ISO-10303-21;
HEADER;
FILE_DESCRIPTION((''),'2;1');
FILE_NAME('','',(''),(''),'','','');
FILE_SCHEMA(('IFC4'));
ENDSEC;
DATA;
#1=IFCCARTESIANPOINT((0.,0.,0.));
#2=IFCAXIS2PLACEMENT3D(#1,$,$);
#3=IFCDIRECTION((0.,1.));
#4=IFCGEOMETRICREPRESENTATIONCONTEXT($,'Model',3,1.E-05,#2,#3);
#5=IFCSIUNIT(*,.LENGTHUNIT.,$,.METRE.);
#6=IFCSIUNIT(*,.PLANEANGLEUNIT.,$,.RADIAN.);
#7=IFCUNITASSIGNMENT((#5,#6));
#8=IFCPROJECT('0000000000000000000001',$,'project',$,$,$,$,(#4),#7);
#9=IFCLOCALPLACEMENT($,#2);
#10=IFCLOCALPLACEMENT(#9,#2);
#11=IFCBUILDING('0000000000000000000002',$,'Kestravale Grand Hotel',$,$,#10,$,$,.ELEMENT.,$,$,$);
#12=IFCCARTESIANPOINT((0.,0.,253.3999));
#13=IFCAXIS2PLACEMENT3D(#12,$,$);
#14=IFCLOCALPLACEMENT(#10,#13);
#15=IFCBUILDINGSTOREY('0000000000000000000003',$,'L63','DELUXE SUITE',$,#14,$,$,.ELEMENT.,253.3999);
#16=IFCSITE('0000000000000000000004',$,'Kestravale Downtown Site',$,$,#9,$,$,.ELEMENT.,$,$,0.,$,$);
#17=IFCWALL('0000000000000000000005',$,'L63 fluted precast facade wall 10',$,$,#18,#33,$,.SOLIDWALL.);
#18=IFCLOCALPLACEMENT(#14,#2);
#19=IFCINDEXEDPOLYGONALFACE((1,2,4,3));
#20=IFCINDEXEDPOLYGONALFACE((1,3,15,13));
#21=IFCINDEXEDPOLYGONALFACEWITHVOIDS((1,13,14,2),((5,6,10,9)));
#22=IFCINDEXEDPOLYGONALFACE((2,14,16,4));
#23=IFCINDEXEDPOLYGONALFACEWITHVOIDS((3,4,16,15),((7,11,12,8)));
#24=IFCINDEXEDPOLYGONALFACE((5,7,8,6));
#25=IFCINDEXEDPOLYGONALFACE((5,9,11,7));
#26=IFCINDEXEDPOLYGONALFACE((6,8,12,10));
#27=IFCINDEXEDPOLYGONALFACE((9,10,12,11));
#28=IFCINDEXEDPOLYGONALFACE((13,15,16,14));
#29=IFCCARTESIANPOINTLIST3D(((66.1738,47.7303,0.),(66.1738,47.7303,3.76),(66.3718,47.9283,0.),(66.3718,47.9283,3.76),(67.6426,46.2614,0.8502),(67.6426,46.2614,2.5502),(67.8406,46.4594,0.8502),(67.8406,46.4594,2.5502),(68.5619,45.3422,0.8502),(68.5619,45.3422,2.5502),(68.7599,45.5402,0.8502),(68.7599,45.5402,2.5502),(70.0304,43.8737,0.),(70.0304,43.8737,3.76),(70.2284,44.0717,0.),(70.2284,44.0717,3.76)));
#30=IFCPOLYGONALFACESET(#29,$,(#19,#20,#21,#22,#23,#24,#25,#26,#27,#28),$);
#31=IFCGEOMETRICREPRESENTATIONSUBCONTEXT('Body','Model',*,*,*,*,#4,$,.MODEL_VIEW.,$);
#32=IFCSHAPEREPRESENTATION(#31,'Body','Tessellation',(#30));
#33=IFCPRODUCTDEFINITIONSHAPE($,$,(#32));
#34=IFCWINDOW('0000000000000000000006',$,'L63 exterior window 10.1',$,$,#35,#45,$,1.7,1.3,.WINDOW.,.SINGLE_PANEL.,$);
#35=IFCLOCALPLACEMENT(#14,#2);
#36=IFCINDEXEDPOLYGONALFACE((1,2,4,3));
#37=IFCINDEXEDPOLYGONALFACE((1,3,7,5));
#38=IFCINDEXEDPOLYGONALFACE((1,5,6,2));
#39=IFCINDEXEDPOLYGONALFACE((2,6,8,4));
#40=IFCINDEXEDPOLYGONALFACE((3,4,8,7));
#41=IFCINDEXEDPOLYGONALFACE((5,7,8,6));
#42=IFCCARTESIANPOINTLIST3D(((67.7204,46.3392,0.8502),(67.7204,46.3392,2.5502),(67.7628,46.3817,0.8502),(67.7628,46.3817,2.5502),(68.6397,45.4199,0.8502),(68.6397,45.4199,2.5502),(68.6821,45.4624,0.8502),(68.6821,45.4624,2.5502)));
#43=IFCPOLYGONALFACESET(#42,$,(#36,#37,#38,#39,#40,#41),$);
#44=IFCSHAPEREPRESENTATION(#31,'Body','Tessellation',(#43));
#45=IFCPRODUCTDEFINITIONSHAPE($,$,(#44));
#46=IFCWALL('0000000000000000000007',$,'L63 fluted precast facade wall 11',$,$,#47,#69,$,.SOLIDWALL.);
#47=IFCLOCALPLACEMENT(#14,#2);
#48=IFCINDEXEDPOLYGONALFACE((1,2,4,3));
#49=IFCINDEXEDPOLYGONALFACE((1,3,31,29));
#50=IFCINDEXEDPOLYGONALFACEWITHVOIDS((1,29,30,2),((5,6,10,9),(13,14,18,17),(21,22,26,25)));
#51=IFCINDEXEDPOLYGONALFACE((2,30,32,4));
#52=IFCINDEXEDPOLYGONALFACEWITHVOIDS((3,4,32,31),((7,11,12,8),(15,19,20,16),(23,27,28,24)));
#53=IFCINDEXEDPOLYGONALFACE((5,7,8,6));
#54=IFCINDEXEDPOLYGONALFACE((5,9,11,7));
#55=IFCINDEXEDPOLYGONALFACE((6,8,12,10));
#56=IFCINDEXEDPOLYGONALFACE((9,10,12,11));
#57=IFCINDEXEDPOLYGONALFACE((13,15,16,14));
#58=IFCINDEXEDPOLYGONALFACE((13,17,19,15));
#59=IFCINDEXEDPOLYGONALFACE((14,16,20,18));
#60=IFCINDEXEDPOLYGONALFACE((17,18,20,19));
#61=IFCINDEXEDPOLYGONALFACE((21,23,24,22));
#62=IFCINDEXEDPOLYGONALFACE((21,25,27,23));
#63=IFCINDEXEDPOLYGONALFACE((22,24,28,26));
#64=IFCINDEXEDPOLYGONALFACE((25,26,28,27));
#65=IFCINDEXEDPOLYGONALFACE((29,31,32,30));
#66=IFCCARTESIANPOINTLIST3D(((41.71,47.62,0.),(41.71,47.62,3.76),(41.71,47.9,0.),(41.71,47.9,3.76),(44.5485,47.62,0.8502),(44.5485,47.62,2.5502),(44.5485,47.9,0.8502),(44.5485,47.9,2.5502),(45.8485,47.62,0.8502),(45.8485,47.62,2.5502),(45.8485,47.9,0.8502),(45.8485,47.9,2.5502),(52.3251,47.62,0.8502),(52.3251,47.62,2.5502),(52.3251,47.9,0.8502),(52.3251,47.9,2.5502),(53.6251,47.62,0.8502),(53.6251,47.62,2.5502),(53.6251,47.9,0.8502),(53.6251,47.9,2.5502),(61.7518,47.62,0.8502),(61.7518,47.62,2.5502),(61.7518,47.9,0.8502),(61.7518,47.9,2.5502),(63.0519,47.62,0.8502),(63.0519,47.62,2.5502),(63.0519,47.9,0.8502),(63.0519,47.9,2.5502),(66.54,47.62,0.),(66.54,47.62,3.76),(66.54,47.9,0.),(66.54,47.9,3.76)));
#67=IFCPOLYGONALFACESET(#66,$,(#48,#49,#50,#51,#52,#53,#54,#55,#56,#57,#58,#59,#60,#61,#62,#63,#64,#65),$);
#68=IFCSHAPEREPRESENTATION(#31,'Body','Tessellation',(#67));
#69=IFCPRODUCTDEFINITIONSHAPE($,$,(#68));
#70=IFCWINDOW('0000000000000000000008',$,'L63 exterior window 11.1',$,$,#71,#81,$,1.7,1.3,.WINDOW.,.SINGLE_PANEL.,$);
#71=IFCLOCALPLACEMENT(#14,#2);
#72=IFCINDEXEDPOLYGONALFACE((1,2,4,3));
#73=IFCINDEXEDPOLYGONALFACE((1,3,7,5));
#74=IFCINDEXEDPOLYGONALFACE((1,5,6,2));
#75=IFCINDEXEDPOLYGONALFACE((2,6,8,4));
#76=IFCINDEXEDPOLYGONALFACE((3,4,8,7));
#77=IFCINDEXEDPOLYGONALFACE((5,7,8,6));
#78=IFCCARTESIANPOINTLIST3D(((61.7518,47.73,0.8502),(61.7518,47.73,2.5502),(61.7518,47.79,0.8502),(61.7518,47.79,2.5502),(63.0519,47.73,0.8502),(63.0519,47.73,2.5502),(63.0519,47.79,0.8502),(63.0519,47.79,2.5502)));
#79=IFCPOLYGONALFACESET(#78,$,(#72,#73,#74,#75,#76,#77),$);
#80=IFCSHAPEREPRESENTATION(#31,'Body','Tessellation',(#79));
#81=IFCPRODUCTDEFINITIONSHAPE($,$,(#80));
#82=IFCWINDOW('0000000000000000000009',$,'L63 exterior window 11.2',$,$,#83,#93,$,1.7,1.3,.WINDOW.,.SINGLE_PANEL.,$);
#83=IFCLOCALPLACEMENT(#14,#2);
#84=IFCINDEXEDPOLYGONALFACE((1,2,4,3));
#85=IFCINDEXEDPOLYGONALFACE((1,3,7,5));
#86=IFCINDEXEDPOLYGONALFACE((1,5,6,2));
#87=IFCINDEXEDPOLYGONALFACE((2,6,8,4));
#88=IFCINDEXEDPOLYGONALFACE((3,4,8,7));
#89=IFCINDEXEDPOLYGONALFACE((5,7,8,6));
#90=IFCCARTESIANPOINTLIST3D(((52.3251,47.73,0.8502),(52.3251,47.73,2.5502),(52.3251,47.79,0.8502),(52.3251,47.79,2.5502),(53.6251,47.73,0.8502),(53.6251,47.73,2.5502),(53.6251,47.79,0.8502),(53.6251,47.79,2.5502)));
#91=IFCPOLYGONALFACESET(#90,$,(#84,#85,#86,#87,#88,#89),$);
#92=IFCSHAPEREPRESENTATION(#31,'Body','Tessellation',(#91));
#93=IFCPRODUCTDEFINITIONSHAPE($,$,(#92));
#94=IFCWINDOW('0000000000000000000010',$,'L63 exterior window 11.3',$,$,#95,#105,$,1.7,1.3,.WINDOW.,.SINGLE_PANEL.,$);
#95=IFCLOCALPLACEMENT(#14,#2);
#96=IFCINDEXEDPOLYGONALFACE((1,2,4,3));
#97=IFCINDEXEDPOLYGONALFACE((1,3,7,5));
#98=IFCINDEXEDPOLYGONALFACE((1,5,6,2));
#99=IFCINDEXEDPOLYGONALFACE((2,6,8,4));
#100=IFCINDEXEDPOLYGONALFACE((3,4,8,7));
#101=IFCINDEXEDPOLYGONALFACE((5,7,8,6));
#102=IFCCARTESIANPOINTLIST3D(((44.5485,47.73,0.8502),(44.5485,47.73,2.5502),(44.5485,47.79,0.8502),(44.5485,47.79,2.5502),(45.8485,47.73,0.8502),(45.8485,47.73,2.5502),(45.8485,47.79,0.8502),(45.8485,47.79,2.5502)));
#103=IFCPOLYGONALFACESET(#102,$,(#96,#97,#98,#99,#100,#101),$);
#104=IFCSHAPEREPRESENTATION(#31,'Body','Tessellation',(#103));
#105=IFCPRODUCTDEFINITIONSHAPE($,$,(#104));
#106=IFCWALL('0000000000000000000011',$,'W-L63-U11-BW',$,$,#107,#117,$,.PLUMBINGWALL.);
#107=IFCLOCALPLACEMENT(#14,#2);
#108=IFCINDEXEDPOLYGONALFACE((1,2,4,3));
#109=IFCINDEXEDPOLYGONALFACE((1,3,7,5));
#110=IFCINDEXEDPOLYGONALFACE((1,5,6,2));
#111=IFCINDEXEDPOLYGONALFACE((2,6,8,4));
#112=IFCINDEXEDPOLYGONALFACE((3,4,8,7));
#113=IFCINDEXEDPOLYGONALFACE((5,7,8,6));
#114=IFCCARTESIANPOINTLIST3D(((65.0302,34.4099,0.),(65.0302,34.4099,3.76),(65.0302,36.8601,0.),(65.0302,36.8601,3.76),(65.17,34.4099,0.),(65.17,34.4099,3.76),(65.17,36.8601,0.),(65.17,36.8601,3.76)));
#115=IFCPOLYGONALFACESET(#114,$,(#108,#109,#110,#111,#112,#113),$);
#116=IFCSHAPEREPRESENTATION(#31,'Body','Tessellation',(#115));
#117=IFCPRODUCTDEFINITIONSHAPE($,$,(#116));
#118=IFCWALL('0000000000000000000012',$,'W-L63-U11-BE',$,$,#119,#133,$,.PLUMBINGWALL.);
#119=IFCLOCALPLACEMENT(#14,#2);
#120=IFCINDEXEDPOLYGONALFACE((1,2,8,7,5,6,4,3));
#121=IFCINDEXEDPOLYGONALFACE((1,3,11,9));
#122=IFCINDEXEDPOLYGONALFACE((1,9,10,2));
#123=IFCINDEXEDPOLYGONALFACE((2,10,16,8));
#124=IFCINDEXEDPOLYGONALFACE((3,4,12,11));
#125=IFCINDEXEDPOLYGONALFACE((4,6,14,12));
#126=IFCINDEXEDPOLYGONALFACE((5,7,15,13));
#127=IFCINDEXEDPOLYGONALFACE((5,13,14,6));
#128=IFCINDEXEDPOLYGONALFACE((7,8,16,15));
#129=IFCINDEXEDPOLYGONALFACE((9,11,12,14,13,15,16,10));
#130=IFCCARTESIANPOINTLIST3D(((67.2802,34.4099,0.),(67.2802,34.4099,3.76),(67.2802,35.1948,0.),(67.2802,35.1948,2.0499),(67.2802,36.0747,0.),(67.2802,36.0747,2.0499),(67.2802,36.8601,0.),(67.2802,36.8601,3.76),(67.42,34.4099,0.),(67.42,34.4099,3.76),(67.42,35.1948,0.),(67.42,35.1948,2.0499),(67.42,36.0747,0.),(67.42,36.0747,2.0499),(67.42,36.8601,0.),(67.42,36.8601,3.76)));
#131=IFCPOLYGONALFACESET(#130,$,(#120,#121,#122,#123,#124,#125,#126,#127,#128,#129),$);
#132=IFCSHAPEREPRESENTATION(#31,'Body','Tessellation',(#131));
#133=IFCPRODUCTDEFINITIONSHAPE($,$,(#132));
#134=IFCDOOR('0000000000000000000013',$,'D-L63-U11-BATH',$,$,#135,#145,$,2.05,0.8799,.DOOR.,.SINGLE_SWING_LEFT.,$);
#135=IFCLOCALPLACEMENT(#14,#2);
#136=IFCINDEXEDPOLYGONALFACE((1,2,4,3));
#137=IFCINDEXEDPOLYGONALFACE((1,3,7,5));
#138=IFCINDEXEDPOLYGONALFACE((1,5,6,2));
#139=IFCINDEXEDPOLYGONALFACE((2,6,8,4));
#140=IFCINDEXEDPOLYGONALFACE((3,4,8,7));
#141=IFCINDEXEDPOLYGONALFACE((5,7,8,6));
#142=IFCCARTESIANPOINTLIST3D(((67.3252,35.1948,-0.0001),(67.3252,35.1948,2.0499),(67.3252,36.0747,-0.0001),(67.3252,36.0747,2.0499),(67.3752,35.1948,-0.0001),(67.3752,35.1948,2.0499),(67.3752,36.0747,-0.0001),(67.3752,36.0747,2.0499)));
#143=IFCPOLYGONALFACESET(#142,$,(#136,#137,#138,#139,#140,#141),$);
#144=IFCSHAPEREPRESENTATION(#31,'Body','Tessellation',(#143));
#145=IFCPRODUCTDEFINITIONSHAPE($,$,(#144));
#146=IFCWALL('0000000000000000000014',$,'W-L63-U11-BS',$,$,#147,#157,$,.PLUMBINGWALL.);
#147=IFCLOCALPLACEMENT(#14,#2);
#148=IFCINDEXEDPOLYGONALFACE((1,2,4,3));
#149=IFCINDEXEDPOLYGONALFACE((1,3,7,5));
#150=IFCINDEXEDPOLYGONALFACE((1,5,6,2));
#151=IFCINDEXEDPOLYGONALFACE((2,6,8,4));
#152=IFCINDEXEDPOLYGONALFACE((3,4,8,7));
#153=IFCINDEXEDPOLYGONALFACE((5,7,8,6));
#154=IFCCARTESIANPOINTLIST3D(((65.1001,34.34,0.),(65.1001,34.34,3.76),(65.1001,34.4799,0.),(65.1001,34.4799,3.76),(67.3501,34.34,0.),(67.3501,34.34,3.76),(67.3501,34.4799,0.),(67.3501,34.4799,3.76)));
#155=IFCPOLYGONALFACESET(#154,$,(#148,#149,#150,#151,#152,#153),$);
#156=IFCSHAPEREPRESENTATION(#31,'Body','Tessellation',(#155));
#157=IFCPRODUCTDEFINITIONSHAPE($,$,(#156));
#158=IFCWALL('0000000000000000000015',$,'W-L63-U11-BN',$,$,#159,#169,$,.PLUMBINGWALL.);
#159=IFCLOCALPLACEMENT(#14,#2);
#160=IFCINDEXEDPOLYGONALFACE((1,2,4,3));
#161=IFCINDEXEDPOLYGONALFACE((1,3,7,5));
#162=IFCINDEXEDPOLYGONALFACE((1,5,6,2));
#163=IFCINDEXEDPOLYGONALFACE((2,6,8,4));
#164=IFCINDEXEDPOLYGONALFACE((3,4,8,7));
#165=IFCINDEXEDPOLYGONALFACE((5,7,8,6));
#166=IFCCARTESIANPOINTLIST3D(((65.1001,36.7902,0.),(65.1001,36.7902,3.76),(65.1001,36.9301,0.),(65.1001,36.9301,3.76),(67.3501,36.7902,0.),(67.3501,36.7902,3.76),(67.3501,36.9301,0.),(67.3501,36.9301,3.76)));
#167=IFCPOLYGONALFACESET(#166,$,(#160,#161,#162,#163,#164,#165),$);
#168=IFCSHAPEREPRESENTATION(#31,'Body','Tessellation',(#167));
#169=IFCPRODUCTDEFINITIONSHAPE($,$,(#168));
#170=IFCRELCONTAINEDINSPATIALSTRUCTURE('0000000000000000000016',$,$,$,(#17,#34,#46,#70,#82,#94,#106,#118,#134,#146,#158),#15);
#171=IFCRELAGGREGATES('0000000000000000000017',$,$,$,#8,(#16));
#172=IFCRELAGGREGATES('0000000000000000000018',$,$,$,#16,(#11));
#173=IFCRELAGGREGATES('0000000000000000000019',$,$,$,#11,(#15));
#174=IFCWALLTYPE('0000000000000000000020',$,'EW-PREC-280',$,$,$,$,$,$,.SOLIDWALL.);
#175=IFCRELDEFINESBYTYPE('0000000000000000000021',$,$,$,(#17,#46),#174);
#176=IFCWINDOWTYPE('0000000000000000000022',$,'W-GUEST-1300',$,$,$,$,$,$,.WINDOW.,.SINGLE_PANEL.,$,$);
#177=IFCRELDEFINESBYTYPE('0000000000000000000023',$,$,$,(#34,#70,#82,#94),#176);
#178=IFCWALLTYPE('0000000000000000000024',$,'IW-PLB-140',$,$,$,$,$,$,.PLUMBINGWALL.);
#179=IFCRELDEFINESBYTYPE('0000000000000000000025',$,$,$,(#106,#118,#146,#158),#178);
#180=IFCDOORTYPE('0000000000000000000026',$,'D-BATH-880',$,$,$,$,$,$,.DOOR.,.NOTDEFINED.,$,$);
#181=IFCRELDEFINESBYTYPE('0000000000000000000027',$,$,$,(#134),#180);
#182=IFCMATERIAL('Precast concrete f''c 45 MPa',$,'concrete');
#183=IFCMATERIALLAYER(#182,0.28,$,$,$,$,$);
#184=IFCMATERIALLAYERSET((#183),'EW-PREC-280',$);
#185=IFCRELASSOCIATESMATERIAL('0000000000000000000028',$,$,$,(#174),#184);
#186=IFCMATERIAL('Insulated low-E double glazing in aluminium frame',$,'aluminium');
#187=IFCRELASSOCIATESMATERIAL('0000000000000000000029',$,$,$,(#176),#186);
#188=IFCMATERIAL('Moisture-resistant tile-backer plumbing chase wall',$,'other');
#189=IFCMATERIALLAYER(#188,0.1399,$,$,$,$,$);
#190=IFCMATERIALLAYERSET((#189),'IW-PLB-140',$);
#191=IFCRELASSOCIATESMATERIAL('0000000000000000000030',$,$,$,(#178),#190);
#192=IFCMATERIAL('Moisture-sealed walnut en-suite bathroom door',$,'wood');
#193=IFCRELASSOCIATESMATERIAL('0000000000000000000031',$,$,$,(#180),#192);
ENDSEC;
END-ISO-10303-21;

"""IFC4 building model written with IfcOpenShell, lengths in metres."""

from ifc_helpers import new_model, si_unit, direction, frame, frame_2d, origin, place, context, subcontext, project, spatial, rectangle, extrude, material, layer, layer_set, type_object, element, fill, save


model = new_model("IFC4")

# Units and contexts
model_context = context("Model", 3, precision=1e-05, world=origin(), true_north=direction((0.0, 1.0)))
body_context = subcontext(model_context, "Body", "Model", "MODEL_VIEW")
ifc_project = project(units=[si_unit("LENGTHUNIT", "METRE"), si_unit("PLANEANGLEUNIT", "RADIAN")], contexts=[model_context])

# Site, building, storey
site_placement = place(None, origin())
site = spatial("IfcSite", under=ifc_project, at=site_placement, Name="Kestravale Downtown Site", CompositionType="ELEMENT", RefElevation=0.0)
building_placement = place(site_placement, origin())
building = spatial("IfcBuilding", under=site, at=building_placement, Name="Kestravale Grand Hotel", CompositionType="ELEMENT")
storey_placement = place(building_placement, frame((0.0, 0.0, 253.3999)))
storey = spatial("IfcBuildingStorey", under=building, at=storey_placement, Name="L63", Description="DELUXE SUITE", CompositionType="ELEMENT", Elevation=253.3999)

# Wall, opening, window
ifc_material_1 = material(Name="Precast concrete f'c 45 MPa", Category="concrete")
ifc_layer_1 = layer(ifc_material_1, 0.28)
ifc_layer_set_1 = layer_set([ifc_layer_1], Name="EW-PREC-280")
wall_type_1 = type_object("IfcWallType", Name="EW-PREC-280", PredefinedType="SOLIDWALL", material=ifc_layer_set_1)
wall_1_placement = place(storey_placement, frame((70.1294, 43.9727, 0.0), z_axis=(0.0, 0.0, 1.0), x_axis=(-0.707107, 0.707107, 0.0)))
wall_1 = element("IfcWall", 1, at=wall_1_placement, inside=storey, type_object=wall_type_1, Name="L63 fluted precast facade wall 10", PredefinedType="SOLIDWALL", context=body_context, shape_type="SweptSolid", body=[
    extrude(rectangle(XDim=5.4541, YDim=0.28, at=frame_2d((2.7271, 0.0))), origin(), (0.0, 0.0, 1.0), 3.76),
])
opening_1_placement = place(wall_1_placement, frame((2.0769, 0.0, 0.8501)))
opening_1 = element("IfcOpeningElement", 2, at=opening_1_placement, cuts=wall_1, PredefinedType="OPENING", context=body_context, shape_type="SweptSolid", body=[
    extrude(rectangle(XDim=1.3, YDim=1.7, at=frame_2d((0.6499, 0.8501))), frame((0.0, 0.1499, 0.0), z_axis=(0.0, -1.0, 0.0), x_axis=(1.0, 0.0, 0.0)), (0.0, 0.0, 1.0), 0.3),
])
ifc_material_2 = material(Name="Insulated low-E double glazing in aluminium frame", Category="aluminium")
window_type = type_object("IfcWindowType", Name="W-GUEST-1300", PartitioningType="SINGLE_PANEL", PredefinedType="WINDOW", material=ifc_material_2)
window_1_placement = place(opening_1_placement, origin())
window_1 = element("IfcWindow", 3, at=window_1_placement, inside=storey, type_object=window_type, Name="L63 exterior window 10.1", OverallHeight=1.7, OverallWidth=1.3, PartitioningType="SINGLE_PANEL", PredefinedType="WINDOW", context=body_context, shape_type="SweptSolid", body=[
    extrude(rectangle(XDim=1.3, YDim=1.7, at=frame_2d((0.6499, 0.8501))), frame((0.0, 0.03, 0.0), z_axis=(0.0, -1.0, 0.0), x_axis=(1.0, 0.0, 0.0)), (0.0, 0.0, 1.0), 0.0601),
])
fill(opening_1, window_1)

# Wall, openings, windows
wall_2_placement = place(storey_placement, frame((66.54, 47.76, 0.0), z_axis=(0.0, 0.0, 1.0), x_axis=(-1.0, 0.0, 0.0)))
wall_2 = element("IfcWall", 4, at=wall_2_placement, inside=storey, type_object=wall_type_1, Name="L63 fluted precast facade wall 11", PredefinedType="SOLIDWALL", context=body_context, shape_type="SweptSolid", body=[
    extrude(rectangle(XDim=24.8301, YDim=0.28, at=frame_2d((12.415, 0.0))), origin(), (0.0, 0.0, 1.0), 3.76),
])
opening_2_placement = place(wall_2_placement, frame((3.4883, 0.0, 0.8501)))
opening_2 = element("IfcOpeningElement", 5, at=opening_2_placement, cuts=wall_2, PredefinedType="OPENING", context=body_context, shape_type="SweptSolid", body=[
    extrude(rectangle(XDim=1.3, YDim=1.7, at=frame_2d((0.6499, 0.8501))), frame((0.0, 0.1499, 0.0), z_axis=(0.0, -1.0, 0.0), x_axis=(1.0, 0.0, 0.0)), (0.0, 0.0, 1.0), 0.3),
])
opening_3_placement = place(wall_2_placement, frame((12.915, 0.0, 0.8501)))
opening_3 = element("IfcOpeningElement", 6, at=opening_3_placement, cuts=wall_2, PredefinedType="OPENING", context=body_context, shape_type="SweptSolid", body=[
    extrude(rectangle(XDim=1.3, YDim=1.7, at=frame_2d((0.6499, 0.8501))), frame((0.0, 0.1499, 0.0), z_axis=(0.0, -1.0, 0.0), x_axis=(1.0, 0.0, 0.0)), (0.0, 0.0, 1.0), 0.3),
])
opening_4_placement = place(wall_2_placement, frame((20.6917, 0.0, 0.8501)))
opening_4 = element("IfcOpeningElement", 7, at=opening_4_placement, cuts=wall_2, PredefinedType="OPENING", context=body_context, shape_type="SweptSolid", body=[
    extrude(rectangle(XDim=1.3, YDim=1.7, at=frame_2d((0.6499, 0.8501))), frame((0.0, 0.1499, 0.0), z_axis=(0.0, -1.0, 0.0), x_axis=(1.0, 0.0, 0.0)), (0.0, 0.0, 1.0), 0.3),
])
window_2_placement = place(opening_2_placement, origin())
window_2 = element("IfcWindow", 8, at=window_2_placement, inside=storey, type_object=window_type, Name="L63 exterior window 11.1", OverallHeight=1.7, OverallWidth=1.3, PartitioningType="SINGLE_PANEL", PredefinedType="WINDOW", context=body_context, shape_type="SweptSolid", body=[
    extrude(rectangle(XDim=1.3, YDim=1.7, at=frame_2d((0.6499, 0.8501))), frame((0.0, 0.03, 0.0), z_axis=(0.0, -1.0, 0.0), x_axis=(1.0, 0.0, 0.0)), (0.0, 0.0, 1.0), 0.0601),
])
fill(opening_2, window_2)
window_3_placement = place(opening_3_placement, origin())
window_3 = element("IfcWindow", 9, at=window_3_placement, inside=storey, type_object=window_type, Name="L63 exterior window 11.2", OverallHeight=1.7, OverallWidth=1.3, PartitioningType="SINGLE_PANEL", PredefinedType="WINDOW", context=body_context, shape_type="SweptSolid", body=[
    extrude(rectangle(XDim=1.3, YDim=1.7, at=frame_2d((0.6499, 0.8501))), frame((0.0, 0.03, 0.0), z_axis=(0.0, -1.0, 0.0), x_axis=(1.0, 0.0, 0.0)), (0.0, 0.0, 1.0), 0.0601),
])
fill(opening_3, window_3)
window_4_placement = place(opening_4_placement, origin())
window_4 = element("IfcWindow", 10, at=window_4_placement, inside=storey, type_object=window_type, Name="L63 exterior window 11.3", OverallHeight=1.7, OverallWidth=1.3, PartitioningType="SINGLE_PANEL", PredefinedType="WINDOW", context=body_context, shape_type="SweptSolid", body=[
    extrude(rectangle(XDim=1.3, YDim=1.7, at=frame_2d((0.6499, 0.8501))), frame((0.0, 0.03, 0.0), z_axis=(0.0, -1.0, 0.0), x_axis=(1.0, 0.0, 0.0)), (0.0, 0.0, 1.0), 0.0601),
])
fill(opening_4, window_4)

# Wall
ifc_material_3 = material(Name="Moisture-resistant tile-backer plumbing chase wall", Category="other")
ifc_layer_2 = layer(ifc_material_3, 0.1399)
ifc_layer_set_2 = layer_set([ifc_layer_2], Name="IW-PLB-140")
wall_type_2 = type_object("IfcWallType", Name="IW-PLB-140", PredefinedType="PLUMBINGWALL", material=ifc_layer_set_2)
wall_3_placement = place(storey_placement, frame((65.1001, 34.4099, 0.0), z_axis=(0.0, 0.0, 1.0), x_axis=(0.0, 1.0, 0.0)))
element("IfcWall", 11, at=wall_3_placement, inside=storey, type_object=wall_type_2, Name="W-L63-U11-BW", PredefinedType="PLUMBINGWALL", context=body_context, shape_type="SweptSolid", body=[
    extrude(rectangle(XDim=2.4502, YDim=0.1399, at=frame_2d((1.2251, 0.0))), origin(), (0.0, 0.0, 1.0), 3.76),
])

# Wall, opening, door
wall_4_placement = place(storey_placement, frame((67.3501, 34.4099, 0.0), z_axis=(0.0, 0.0, 1.0), x_axis=(0.0, 1.0, 0.0)))
wall_4 = element("IfcWall", 12, at=wall_4_placement, inside=storey, type_object=wall_type_2, Name="W-L63-U11-BE", PredefinedType="PLUMBINGWALL", context=body_context, shape_type="SweptSolid", body=[
    extrude(rectangle(XDim=2.4502, YDim=0.1399, at=frame_2d((1.2251, 0.0))), origin(), (0.0, 0.0, 1.0), 3.76),
])
opening_5_placement = place(wall_4_placement, frame((0.7849, 0.0, 0.0)))
opening_5 = element("IfcOpeningElement", 13, at=opening_5_placement, cuts=wall_4, PredefinedType="OPENING", context=body_context, shape_type="SweptSolid", body=[
    extrude(rectangle(XDim=0.8799, YDim=2.05, at=frame_2d((0.4399, 1.0249))), frame((0.0, 0.0798, 0.0), z_axis=(0.0, -1.0, 0.0), x_axis=(1.0, 0.0, 0.0)), (0.0, 0.0, 1.0), 0.1599),
])
ifc_material_4 = material(Name="Moisture-sealed walnut en-suite bathroom door", Category="wood")
door_type_1 = type_object("IfcDoorType", Name="D-BATH-880", OperationType="NOTDEFINED", PredefinedType="DOOR", material=ifc_material_4)
door_1_placement = place(opening_5_placement, origin())
door_1 = element("IfcDoor", 14, at=door_1_placement, inside=storey, type_object=door_type_1, Name="D-L63-U11-BATH", OperationType="SINGLE_SWING_LEFT", OverallHeight=2.05, OverallWidth=0.8799, PredefinedType="DOOR", context=body_context, shape_type="SweptSolid", body=[
    extrude(rectangle(XDim=0.8799, YDim=2.05, at=frame_2d((0.4399, 1.0249))), frame((0.0, 0.0249, 0.0), z_axis=(0.0, -1.0, 0.0), x_axis=(1.0, 0.0, 0.0)), (0.0, 0.0, 1.0), 0.05),
])
fill(opening_5, door_1)

# Walls
for number, where, z_axis, x_axis, name in (
    (15, (65.1001, 34.4099, 0.0), (0.0, 0.0, 1.0), (1.0, 0.0, 0.0), "W-L63-U11-BS"),
    (16, (65.1001, 36.8601, 0.0), (0.0, 0.0, 1.0), (1.0, 0.0, 0.0), "W-L63-U11-BN"),
):
    element("IfcWall", number, at=place(storey_placement, frame(where, z_axis=z_axis, x_axis=x_axis)), inside=storey, type_object=wall_type_2, Name=name, PredefinedType="PLUMBINGWALL", context=body_context, shape_type="SweptSolid", body=[
        extrude(rectangle(XDim=2.25, YDim=0.1399, at=frame_2d((1.125, 0.0))), origin(), (0.0, 0.0, 1.0), 3.76),
    ])

save(model, "model.ifc")
